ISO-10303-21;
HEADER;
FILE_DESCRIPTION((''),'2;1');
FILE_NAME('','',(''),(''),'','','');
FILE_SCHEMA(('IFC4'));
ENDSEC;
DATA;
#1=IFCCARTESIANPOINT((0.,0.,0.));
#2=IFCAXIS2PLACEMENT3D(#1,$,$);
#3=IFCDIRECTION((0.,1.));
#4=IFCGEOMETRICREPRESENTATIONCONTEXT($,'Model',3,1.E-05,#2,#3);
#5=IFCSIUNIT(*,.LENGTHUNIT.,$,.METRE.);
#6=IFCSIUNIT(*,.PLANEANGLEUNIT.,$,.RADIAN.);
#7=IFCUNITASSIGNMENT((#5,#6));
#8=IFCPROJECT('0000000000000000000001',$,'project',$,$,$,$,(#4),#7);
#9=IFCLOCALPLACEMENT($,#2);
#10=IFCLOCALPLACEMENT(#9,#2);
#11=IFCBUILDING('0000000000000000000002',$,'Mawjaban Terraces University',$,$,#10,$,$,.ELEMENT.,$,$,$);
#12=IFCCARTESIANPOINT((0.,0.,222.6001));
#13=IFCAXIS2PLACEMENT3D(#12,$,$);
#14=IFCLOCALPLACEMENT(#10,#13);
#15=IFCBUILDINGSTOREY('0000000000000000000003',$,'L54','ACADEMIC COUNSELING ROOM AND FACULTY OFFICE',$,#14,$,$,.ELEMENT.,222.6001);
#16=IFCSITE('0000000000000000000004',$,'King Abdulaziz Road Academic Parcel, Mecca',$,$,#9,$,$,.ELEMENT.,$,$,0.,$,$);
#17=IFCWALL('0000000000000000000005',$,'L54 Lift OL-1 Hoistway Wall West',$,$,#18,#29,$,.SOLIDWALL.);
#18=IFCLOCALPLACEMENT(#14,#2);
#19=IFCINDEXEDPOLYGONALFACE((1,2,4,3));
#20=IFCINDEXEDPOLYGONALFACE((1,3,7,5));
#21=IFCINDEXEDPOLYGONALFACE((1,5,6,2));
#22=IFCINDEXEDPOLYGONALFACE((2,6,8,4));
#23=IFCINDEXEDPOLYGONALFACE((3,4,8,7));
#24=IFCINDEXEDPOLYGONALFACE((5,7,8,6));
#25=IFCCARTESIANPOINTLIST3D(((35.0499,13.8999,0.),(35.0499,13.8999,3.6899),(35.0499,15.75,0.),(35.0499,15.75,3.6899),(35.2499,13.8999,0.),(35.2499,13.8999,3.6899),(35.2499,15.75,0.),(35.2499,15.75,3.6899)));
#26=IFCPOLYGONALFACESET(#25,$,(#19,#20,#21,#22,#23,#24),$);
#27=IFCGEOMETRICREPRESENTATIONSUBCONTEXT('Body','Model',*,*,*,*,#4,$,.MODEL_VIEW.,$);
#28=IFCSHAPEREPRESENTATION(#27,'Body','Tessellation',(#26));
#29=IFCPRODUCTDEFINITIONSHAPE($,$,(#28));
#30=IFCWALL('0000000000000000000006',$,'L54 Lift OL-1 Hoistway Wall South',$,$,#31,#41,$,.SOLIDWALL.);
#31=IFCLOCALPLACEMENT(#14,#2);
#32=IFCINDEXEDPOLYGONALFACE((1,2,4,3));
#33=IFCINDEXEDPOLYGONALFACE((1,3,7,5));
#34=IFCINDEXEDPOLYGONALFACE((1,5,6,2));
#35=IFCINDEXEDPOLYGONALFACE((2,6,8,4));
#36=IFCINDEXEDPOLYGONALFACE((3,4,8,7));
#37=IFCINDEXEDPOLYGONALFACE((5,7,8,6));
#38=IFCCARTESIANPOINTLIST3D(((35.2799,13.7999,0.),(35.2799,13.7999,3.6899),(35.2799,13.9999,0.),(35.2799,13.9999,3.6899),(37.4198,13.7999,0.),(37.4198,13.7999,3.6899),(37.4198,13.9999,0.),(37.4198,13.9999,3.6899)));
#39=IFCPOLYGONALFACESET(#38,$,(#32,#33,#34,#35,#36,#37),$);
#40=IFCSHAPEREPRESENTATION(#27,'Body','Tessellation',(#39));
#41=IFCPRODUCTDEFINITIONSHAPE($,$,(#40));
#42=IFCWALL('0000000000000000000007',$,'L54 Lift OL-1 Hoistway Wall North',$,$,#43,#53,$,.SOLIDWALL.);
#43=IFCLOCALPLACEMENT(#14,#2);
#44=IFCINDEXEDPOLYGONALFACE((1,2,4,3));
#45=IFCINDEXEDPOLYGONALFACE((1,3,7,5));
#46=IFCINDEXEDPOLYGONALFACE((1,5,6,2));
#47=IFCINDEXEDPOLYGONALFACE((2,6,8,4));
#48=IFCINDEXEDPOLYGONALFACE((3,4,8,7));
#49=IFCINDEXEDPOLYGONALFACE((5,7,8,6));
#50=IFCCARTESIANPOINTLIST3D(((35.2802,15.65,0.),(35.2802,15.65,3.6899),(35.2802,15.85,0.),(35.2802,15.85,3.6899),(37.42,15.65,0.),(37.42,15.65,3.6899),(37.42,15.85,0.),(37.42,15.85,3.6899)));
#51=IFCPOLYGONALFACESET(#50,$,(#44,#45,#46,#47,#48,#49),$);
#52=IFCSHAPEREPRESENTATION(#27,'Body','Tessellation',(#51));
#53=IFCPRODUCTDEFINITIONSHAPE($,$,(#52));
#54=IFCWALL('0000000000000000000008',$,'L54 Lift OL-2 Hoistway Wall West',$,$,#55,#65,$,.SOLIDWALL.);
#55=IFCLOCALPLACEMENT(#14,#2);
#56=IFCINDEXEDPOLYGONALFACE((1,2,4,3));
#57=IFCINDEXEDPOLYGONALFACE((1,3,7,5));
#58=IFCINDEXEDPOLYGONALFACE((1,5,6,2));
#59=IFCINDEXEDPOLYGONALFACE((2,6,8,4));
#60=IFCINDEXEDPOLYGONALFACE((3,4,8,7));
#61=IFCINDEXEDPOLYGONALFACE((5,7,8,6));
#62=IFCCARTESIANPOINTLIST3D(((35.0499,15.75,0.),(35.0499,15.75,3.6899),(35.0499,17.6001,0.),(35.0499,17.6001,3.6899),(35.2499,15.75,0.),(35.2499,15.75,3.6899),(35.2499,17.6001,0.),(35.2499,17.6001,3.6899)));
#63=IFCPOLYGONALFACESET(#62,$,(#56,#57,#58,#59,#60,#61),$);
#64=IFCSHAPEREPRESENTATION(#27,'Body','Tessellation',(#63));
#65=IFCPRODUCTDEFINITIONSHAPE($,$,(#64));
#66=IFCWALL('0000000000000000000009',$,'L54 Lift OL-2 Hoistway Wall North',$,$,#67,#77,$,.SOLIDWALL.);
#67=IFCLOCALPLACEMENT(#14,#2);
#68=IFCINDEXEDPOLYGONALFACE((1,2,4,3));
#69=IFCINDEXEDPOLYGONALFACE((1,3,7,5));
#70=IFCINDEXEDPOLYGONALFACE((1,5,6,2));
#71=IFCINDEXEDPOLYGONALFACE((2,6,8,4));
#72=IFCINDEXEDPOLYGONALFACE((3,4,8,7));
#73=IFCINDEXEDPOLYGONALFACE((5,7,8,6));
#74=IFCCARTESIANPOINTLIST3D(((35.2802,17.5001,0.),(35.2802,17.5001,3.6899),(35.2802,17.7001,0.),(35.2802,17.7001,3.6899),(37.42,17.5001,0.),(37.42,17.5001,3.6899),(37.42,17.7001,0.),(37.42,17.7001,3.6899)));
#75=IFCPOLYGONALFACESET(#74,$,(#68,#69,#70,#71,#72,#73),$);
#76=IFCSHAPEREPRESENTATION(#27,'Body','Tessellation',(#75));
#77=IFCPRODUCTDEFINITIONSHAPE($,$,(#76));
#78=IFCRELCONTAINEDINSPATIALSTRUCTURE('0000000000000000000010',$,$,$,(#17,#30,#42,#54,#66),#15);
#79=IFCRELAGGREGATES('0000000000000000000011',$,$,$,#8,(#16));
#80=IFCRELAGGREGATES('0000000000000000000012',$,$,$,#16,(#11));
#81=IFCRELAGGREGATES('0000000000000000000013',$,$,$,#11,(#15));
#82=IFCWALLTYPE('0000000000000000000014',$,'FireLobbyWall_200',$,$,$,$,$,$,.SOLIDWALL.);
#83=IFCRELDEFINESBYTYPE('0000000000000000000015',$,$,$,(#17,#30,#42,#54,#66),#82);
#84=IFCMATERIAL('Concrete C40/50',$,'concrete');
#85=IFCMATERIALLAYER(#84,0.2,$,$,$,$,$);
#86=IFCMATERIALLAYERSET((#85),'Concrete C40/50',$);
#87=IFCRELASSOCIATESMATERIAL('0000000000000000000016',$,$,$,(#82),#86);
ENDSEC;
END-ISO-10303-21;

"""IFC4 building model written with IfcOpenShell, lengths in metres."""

from ifc_helpers import new_model, si_unit, direction, frame, frame_2d, origin, place, context, subcontext, project, spatial, rectangle, extrude, material, layer, layer_set, type_object, element, save


model = new_model("IFC4")

# Units and contexts
model_context = context("Model", 3, precision=1e-05, world=origin(), true_north=direction((0.0, 1.0)))
body_context = subcontext(model_context, "Body", "Model", "MODEL_VIEW")
ifc_project = project(units=[si_unit("LENGTHUNIT", "METRE"), si_unit("PLANEANGLEUNIT", "RADIAN")], contexts=[model_context])

# Site, building, storey
site_placement = place(None, origin())
site = spatial("IfcSite", under=ifc_project, at=site_placement, Name="King Abdulaziz Road Academic Parcel, Mecca", CompositionType="ELEMENT", RefElevation=0.0)
building_placement = place(site_placement, origin())
building = spatial("IfcBuilding", under=site, at=building_placement, Name="Mawjaban Terraces University", CompositionType="ELEMENT")
storey_placement = place(building_placement, frame((0.0, 0.0, 222.6001)))
storey = spatial("IfcBuildingStorey", under=building, at=storey_placement, Name="L54", Description="ACADEMIC COUNSELING ROOM AND FACULTY OFFICE", CompositionType="ELEMENT", Elevation=222.6001)

# Shared definitions
ifc_material_1 = material(Name="Concrete C40/50", Category="concrete")
ifc_layer_1 = layer(ifc_material_1, 0.2)
ifc_layer_set_1 = layer_set([ifc_layer_1], Name="Concrete C40/50")
wall_type_1 = type_object("IfcWallType", Name="FireLobbyWall_200", PredefinedType="SOLIDWALL", material=ifc_layer_set_1)

# Walls
wall_1_placement = place(storey_placement, frame((35.1499, 15.75, 0.0), z_axis=(0.0, 0.0, 1.0), x_axis=(0.0, -1.0, 0.0)))
element("IfcWall", 1, at=wall_1_placement, inside=storey, type_object=wall_type_1, Name="L54 Lift OL-1 Hoistway Wall West", PredefinedType="SOLIDWALL", context=body_context, shape_type="SweptSolid", body=[
    extrude(rectangle(XDim=1.8501, YDim=0.2, at=frame_2d((0.925, 0.0))), origin(), (0.0, 0.0, 1.0), 3.6899),
])
for number, where, z_axis, x_axis, name in (
    (2, (35.28, 13.8999, 0.0), (0.0, 0.0, 1.0), (1.0, 0.0, 0.0), "L54 Lift OL-1 Hoistway Wall South"),
    (3, (37.4199, 15.75, 0.0), (0.0, 0.0, 1.0), (-1.0, 0.0, 0.0), "L54 Lift OL-1 Hoistway Wall North"),
):
    element("IfcWall", number, at=place(storey_placement, frame(where, z_axis=z_axis, x_axis=x_axis)), inside=storey, type_object=wall_type_1, Name=name, PredefinedType="SOLIDWALL", context=body_context, shape_type="SweptSolid", body=[
        extrude(rectangle(XDim=2.1399, YDim=0.2, at=frame_2d((1.0698, 0.0))), origin(), (0.0, 0.0, 1.0), 3.6899),
    ])
wall_2_placement = place(storey_placement, frame((35.1499, 17.6001, 0.0), z_axis=(0.0, 0.0, 1.0), x_axis=(0.0, -1.0, 0.0)))
element("IfcWall", 4, at=wall_2_placement, inside=storey, type_object=wall_type_1, Name="L54 Lift OL-2 Hoistway Wall West", PredefinedType="SOLIDWALL", context=body_context, shape_type="SweptSolid", body=[
    extrude(rectangle(XDim=1.8501, YDim=0.2, at=frame_2d((0.925, 0.0))), origin(), (0.0, 0.0, 1.0), 3.6899),
])
wall_3_placement = place(storey_placement, frame((37.4199, 17.6001, 0.0), z_axis=(0.0, 0.0, 1.0), x_axis=(-1.0, 0.0, 0.0)))
element("IfcWall", 5, at=wall_3_placement, inside=storey, type_object=wall_type_1, Name="L54 Lift OL-2 Hoistway Wall North", PredefinedType="SOLIDWALL", context=body_context, shape_type="SweptSolid", body=[
    extrude(rectangle(XDim=2.1399, YDim=0.2, at=frame_2d((1.0698, 0.0))), origin(), (0.0, 0.0, 1.0), 3.6899),
])

save(model, "model.ifc")
